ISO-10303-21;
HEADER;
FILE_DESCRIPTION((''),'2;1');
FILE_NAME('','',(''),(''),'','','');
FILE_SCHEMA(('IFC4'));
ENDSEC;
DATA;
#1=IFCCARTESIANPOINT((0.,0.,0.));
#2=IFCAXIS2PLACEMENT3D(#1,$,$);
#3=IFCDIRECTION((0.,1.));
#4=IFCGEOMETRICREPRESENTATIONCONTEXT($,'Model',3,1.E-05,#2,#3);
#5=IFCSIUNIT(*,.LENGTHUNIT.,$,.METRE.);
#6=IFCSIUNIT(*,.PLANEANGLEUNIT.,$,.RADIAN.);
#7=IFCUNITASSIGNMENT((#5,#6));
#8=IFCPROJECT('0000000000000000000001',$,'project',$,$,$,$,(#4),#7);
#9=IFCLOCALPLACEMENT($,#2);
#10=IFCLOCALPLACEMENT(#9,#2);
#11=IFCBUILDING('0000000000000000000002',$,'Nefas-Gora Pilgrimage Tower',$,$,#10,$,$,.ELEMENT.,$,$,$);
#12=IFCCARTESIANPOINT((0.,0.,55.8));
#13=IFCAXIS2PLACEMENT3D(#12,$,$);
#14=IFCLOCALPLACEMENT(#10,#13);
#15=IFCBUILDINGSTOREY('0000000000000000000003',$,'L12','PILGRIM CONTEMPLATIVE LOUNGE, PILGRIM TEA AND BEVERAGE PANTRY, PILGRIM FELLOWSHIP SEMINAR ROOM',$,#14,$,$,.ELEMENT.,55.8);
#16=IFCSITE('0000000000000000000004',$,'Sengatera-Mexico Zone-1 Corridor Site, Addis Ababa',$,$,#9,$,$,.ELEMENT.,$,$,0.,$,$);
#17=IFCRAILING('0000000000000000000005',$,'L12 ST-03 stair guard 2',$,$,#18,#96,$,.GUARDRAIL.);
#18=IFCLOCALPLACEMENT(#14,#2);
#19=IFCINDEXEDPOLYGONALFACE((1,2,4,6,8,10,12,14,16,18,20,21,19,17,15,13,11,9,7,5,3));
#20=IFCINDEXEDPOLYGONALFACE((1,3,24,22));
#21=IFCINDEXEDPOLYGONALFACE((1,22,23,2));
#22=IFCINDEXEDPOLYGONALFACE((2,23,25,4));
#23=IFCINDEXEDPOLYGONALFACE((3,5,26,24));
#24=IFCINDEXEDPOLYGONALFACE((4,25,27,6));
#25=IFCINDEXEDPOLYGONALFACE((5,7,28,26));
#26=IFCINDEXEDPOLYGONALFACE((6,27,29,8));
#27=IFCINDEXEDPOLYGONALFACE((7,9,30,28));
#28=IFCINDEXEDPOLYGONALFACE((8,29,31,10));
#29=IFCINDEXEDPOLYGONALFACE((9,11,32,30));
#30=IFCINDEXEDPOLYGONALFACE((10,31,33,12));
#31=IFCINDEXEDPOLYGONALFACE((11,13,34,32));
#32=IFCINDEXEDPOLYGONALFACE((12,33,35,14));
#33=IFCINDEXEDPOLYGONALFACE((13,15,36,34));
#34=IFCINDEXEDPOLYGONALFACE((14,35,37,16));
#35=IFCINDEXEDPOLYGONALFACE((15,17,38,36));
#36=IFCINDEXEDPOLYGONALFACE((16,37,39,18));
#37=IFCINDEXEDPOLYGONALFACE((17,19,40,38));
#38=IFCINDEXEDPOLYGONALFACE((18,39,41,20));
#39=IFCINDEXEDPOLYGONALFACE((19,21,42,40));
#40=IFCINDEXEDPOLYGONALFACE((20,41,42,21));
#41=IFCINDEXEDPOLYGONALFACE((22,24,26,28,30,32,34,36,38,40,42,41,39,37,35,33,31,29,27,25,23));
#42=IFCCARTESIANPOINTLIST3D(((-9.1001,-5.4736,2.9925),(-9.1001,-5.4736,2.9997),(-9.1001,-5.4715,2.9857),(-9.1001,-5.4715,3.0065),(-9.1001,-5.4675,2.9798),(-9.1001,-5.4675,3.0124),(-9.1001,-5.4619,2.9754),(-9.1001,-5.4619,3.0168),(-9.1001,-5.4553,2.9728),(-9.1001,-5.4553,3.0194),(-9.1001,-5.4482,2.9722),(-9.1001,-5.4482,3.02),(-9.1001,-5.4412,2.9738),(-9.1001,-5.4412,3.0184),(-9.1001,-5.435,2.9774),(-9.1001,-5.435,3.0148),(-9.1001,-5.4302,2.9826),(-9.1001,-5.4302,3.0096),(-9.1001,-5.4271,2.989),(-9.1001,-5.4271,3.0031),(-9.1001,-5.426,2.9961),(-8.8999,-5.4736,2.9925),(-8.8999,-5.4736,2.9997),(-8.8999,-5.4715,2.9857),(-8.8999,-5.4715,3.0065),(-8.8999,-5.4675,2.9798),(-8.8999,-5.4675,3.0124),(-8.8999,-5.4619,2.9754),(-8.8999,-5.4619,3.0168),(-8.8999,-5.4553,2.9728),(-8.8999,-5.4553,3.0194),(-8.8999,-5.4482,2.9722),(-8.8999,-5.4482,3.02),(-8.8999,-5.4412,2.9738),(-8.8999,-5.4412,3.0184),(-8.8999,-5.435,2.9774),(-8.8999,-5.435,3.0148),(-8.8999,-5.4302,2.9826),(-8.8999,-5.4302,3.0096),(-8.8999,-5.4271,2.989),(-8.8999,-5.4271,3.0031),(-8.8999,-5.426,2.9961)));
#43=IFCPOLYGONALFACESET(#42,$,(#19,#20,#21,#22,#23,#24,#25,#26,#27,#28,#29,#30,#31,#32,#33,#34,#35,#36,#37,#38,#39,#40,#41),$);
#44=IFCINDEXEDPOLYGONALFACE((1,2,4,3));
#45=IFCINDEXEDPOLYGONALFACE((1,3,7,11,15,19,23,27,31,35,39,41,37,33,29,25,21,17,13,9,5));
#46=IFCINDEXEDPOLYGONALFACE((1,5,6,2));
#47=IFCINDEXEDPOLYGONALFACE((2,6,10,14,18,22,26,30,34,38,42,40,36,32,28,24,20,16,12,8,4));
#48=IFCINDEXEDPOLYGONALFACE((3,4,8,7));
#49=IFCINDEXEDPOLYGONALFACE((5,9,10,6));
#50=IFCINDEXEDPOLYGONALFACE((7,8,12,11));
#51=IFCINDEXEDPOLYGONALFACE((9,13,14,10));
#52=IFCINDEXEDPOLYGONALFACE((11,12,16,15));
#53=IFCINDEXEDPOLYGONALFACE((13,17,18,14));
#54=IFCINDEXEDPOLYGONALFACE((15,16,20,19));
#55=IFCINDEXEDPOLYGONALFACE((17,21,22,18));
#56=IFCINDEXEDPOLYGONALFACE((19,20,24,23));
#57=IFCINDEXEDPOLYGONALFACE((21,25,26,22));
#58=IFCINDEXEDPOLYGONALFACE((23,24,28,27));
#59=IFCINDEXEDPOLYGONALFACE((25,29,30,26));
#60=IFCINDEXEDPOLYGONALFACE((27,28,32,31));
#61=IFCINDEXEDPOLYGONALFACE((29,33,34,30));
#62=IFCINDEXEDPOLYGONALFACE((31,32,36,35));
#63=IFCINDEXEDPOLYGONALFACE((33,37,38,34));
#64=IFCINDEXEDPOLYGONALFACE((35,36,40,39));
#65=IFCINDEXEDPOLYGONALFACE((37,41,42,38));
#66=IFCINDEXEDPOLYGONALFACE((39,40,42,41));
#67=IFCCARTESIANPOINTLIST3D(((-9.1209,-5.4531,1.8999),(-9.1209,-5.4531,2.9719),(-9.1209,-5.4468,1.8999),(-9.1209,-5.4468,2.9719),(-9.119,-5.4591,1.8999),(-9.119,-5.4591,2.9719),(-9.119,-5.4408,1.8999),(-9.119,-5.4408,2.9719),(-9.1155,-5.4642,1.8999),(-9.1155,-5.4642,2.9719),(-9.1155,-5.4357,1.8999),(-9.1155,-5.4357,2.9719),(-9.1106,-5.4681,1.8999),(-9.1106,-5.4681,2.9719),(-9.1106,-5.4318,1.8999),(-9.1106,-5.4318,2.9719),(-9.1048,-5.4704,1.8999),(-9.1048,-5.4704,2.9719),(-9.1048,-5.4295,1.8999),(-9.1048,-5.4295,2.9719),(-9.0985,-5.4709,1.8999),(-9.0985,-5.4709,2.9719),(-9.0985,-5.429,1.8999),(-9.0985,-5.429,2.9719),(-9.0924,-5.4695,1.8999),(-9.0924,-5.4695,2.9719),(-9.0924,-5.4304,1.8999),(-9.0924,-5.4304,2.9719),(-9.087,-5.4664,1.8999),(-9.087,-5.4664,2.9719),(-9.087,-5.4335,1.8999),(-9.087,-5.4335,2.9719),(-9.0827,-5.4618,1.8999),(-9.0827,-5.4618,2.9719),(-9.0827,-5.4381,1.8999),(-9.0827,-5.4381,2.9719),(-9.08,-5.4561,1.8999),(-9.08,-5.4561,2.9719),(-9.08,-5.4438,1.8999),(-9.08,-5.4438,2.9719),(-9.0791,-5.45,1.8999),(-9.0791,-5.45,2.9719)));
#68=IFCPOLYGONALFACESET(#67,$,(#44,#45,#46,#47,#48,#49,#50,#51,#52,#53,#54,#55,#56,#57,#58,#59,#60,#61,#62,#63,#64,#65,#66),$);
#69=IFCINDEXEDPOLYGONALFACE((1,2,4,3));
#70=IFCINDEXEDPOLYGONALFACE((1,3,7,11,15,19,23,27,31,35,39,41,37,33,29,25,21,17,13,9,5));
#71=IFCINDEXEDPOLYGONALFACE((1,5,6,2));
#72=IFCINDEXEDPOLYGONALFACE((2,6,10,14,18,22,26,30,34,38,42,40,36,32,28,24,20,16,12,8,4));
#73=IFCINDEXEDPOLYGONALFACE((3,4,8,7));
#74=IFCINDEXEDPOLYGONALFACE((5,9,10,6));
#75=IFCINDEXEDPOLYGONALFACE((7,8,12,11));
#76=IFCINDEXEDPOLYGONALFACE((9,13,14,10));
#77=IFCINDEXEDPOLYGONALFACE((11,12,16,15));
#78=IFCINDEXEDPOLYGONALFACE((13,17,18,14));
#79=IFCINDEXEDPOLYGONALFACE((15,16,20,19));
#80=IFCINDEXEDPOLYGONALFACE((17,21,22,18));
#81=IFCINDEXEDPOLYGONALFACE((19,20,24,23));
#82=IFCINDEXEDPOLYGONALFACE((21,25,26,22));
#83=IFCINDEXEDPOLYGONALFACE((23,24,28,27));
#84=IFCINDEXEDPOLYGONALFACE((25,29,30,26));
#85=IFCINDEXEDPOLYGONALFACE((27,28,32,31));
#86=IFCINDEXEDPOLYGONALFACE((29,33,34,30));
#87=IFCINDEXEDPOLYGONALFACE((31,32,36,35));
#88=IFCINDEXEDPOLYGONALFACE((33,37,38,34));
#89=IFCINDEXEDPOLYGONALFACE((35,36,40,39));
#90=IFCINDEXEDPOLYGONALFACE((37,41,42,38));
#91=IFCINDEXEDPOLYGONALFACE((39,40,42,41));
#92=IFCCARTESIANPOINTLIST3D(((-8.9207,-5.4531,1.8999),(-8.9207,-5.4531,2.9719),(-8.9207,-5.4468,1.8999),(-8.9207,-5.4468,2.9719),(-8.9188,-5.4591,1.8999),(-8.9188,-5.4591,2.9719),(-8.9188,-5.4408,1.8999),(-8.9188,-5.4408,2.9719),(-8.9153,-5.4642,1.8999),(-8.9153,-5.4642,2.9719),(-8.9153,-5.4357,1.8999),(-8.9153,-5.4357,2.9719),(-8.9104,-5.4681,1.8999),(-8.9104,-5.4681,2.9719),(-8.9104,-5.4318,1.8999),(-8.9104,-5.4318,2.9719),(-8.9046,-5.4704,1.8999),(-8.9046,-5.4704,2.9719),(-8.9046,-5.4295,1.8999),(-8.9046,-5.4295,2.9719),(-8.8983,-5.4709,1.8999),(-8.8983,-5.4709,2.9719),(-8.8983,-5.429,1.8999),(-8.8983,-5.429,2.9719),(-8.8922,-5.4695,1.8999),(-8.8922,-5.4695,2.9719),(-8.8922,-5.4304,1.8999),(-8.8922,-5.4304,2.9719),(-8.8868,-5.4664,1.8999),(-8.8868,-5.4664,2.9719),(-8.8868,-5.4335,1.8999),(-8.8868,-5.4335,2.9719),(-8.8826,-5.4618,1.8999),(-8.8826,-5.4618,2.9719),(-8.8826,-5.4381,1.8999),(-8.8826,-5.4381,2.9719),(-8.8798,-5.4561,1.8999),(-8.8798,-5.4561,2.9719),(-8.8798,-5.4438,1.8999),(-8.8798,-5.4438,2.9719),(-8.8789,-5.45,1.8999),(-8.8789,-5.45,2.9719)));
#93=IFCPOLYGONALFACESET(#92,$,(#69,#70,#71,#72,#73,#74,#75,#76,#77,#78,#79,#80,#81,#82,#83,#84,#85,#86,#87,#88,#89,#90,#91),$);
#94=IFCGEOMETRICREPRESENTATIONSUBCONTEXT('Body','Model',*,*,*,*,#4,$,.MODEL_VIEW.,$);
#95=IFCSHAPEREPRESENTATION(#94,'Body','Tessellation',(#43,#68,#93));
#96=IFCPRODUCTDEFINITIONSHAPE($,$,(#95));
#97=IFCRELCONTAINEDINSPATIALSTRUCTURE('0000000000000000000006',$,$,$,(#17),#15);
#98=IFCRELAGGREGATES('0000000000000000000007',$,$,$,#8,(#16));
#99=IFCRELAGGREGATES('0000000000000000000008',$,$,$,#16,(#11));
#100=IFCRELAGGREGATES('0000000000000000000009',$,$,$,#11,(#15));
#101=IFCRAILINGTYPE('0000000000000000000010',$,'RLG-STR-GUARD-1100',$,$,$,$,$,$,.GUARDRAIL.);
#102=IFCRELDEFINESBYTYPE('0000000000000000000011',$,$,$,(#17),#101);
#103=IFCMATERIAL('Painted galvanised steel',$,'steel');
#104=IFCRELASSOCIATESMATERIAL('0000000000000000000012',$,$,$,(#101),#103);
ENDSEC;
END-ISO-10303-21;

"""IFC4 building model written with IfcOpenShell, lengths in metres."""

from ifc_helpers import new_model, si_unit, direction, frame, origin, origin_2d, place, context, subcontext, project, spatial, circle, extrude, material, type_object, element, save


model = new_model("IFC4")

# Units and contexts
model_context = context("Model", 3, precision=1e-05, world=origin(), true_north=direction((0.0, 1.0)))
body_context = subcontext(model_context, "Body", "Model", "MODEL_VIEW")
ifc_project = project(units=[si_unit("LENGTHUNIT", "METRE"), si_unit("PLANEANGLEUNIT", "RADIAN")], contexts=[model_context])

# Site, building, storey
site_placement = place(None, origin())
site = spatial("IfcSite", under=ifc_project, at=site_placement, Name="Sengatera-Mexico Zone-1 Corridor Site, Addis Ababa", CompositionType="ELEMENT", RefElevation=0.0)
building_placement = place(site_placement, origin())
building = spatial("IfcBuilding", under=site, at=building_placement, Name="Nefas-Gora Pilgrimage Tower", CompositionType="ELEMENT")
storey_placement = place(building_placement, frame((0.0, 0.0, 55.8)))
storey = spatial("IfcBuildingStorey", under=building, at=storey_placement, Name="L12", Description="PILGRIM CONTEMPLATIVE LOUNGE, PILGRIM TEA AND BEVERAGE PANTRY, PILGRIM FELLOWSHIP SEMINAR ROOM", CompositionType="ELEMENT", Elevation=55.8)

# Railing
ifc_material_1 = material(Name="Painted galvanised steel", Category="steel")
railing_type_1 = type_object("IfcRailingType", Name="RLG-STR-GUARD-1100", PredefinedType="GUARDRAIL", material=ifc_material_1)
railing_1_placement = place(storey_placement, frame((-9.1001, -5.45, 1.8999)))
element("IfcRailing", 1, at=railing_1_placement, inside=storey, type_object=railing_type_1, Name="L12 ST-03 stair guard 2", PredefinedType="GUARDRAIL", context=body_context, shape_type="SweptSolid", body=[
    extrude(circle(Radius=0.0239, at=origin_2d()), frame((0.0, 0.0, 1.0962), z_axis=(1.0, 0.0, 0.0), x_axis=(0.0, 1.0, 0.0)), (0.0, 0.0, 1.0), 0.2002),
    extrude(circle(Radius=0.021, at=origin_2d()), origin(), (0.0, 0.0, 1.0), 1.072),
    extrude(circle(Radius=0.021, at=origin_2d()), frame((0.2002, 0.0, 0.0)), (0.0, 0.0, 1.0), 1.072),
])

save(model, "model.ifc")
